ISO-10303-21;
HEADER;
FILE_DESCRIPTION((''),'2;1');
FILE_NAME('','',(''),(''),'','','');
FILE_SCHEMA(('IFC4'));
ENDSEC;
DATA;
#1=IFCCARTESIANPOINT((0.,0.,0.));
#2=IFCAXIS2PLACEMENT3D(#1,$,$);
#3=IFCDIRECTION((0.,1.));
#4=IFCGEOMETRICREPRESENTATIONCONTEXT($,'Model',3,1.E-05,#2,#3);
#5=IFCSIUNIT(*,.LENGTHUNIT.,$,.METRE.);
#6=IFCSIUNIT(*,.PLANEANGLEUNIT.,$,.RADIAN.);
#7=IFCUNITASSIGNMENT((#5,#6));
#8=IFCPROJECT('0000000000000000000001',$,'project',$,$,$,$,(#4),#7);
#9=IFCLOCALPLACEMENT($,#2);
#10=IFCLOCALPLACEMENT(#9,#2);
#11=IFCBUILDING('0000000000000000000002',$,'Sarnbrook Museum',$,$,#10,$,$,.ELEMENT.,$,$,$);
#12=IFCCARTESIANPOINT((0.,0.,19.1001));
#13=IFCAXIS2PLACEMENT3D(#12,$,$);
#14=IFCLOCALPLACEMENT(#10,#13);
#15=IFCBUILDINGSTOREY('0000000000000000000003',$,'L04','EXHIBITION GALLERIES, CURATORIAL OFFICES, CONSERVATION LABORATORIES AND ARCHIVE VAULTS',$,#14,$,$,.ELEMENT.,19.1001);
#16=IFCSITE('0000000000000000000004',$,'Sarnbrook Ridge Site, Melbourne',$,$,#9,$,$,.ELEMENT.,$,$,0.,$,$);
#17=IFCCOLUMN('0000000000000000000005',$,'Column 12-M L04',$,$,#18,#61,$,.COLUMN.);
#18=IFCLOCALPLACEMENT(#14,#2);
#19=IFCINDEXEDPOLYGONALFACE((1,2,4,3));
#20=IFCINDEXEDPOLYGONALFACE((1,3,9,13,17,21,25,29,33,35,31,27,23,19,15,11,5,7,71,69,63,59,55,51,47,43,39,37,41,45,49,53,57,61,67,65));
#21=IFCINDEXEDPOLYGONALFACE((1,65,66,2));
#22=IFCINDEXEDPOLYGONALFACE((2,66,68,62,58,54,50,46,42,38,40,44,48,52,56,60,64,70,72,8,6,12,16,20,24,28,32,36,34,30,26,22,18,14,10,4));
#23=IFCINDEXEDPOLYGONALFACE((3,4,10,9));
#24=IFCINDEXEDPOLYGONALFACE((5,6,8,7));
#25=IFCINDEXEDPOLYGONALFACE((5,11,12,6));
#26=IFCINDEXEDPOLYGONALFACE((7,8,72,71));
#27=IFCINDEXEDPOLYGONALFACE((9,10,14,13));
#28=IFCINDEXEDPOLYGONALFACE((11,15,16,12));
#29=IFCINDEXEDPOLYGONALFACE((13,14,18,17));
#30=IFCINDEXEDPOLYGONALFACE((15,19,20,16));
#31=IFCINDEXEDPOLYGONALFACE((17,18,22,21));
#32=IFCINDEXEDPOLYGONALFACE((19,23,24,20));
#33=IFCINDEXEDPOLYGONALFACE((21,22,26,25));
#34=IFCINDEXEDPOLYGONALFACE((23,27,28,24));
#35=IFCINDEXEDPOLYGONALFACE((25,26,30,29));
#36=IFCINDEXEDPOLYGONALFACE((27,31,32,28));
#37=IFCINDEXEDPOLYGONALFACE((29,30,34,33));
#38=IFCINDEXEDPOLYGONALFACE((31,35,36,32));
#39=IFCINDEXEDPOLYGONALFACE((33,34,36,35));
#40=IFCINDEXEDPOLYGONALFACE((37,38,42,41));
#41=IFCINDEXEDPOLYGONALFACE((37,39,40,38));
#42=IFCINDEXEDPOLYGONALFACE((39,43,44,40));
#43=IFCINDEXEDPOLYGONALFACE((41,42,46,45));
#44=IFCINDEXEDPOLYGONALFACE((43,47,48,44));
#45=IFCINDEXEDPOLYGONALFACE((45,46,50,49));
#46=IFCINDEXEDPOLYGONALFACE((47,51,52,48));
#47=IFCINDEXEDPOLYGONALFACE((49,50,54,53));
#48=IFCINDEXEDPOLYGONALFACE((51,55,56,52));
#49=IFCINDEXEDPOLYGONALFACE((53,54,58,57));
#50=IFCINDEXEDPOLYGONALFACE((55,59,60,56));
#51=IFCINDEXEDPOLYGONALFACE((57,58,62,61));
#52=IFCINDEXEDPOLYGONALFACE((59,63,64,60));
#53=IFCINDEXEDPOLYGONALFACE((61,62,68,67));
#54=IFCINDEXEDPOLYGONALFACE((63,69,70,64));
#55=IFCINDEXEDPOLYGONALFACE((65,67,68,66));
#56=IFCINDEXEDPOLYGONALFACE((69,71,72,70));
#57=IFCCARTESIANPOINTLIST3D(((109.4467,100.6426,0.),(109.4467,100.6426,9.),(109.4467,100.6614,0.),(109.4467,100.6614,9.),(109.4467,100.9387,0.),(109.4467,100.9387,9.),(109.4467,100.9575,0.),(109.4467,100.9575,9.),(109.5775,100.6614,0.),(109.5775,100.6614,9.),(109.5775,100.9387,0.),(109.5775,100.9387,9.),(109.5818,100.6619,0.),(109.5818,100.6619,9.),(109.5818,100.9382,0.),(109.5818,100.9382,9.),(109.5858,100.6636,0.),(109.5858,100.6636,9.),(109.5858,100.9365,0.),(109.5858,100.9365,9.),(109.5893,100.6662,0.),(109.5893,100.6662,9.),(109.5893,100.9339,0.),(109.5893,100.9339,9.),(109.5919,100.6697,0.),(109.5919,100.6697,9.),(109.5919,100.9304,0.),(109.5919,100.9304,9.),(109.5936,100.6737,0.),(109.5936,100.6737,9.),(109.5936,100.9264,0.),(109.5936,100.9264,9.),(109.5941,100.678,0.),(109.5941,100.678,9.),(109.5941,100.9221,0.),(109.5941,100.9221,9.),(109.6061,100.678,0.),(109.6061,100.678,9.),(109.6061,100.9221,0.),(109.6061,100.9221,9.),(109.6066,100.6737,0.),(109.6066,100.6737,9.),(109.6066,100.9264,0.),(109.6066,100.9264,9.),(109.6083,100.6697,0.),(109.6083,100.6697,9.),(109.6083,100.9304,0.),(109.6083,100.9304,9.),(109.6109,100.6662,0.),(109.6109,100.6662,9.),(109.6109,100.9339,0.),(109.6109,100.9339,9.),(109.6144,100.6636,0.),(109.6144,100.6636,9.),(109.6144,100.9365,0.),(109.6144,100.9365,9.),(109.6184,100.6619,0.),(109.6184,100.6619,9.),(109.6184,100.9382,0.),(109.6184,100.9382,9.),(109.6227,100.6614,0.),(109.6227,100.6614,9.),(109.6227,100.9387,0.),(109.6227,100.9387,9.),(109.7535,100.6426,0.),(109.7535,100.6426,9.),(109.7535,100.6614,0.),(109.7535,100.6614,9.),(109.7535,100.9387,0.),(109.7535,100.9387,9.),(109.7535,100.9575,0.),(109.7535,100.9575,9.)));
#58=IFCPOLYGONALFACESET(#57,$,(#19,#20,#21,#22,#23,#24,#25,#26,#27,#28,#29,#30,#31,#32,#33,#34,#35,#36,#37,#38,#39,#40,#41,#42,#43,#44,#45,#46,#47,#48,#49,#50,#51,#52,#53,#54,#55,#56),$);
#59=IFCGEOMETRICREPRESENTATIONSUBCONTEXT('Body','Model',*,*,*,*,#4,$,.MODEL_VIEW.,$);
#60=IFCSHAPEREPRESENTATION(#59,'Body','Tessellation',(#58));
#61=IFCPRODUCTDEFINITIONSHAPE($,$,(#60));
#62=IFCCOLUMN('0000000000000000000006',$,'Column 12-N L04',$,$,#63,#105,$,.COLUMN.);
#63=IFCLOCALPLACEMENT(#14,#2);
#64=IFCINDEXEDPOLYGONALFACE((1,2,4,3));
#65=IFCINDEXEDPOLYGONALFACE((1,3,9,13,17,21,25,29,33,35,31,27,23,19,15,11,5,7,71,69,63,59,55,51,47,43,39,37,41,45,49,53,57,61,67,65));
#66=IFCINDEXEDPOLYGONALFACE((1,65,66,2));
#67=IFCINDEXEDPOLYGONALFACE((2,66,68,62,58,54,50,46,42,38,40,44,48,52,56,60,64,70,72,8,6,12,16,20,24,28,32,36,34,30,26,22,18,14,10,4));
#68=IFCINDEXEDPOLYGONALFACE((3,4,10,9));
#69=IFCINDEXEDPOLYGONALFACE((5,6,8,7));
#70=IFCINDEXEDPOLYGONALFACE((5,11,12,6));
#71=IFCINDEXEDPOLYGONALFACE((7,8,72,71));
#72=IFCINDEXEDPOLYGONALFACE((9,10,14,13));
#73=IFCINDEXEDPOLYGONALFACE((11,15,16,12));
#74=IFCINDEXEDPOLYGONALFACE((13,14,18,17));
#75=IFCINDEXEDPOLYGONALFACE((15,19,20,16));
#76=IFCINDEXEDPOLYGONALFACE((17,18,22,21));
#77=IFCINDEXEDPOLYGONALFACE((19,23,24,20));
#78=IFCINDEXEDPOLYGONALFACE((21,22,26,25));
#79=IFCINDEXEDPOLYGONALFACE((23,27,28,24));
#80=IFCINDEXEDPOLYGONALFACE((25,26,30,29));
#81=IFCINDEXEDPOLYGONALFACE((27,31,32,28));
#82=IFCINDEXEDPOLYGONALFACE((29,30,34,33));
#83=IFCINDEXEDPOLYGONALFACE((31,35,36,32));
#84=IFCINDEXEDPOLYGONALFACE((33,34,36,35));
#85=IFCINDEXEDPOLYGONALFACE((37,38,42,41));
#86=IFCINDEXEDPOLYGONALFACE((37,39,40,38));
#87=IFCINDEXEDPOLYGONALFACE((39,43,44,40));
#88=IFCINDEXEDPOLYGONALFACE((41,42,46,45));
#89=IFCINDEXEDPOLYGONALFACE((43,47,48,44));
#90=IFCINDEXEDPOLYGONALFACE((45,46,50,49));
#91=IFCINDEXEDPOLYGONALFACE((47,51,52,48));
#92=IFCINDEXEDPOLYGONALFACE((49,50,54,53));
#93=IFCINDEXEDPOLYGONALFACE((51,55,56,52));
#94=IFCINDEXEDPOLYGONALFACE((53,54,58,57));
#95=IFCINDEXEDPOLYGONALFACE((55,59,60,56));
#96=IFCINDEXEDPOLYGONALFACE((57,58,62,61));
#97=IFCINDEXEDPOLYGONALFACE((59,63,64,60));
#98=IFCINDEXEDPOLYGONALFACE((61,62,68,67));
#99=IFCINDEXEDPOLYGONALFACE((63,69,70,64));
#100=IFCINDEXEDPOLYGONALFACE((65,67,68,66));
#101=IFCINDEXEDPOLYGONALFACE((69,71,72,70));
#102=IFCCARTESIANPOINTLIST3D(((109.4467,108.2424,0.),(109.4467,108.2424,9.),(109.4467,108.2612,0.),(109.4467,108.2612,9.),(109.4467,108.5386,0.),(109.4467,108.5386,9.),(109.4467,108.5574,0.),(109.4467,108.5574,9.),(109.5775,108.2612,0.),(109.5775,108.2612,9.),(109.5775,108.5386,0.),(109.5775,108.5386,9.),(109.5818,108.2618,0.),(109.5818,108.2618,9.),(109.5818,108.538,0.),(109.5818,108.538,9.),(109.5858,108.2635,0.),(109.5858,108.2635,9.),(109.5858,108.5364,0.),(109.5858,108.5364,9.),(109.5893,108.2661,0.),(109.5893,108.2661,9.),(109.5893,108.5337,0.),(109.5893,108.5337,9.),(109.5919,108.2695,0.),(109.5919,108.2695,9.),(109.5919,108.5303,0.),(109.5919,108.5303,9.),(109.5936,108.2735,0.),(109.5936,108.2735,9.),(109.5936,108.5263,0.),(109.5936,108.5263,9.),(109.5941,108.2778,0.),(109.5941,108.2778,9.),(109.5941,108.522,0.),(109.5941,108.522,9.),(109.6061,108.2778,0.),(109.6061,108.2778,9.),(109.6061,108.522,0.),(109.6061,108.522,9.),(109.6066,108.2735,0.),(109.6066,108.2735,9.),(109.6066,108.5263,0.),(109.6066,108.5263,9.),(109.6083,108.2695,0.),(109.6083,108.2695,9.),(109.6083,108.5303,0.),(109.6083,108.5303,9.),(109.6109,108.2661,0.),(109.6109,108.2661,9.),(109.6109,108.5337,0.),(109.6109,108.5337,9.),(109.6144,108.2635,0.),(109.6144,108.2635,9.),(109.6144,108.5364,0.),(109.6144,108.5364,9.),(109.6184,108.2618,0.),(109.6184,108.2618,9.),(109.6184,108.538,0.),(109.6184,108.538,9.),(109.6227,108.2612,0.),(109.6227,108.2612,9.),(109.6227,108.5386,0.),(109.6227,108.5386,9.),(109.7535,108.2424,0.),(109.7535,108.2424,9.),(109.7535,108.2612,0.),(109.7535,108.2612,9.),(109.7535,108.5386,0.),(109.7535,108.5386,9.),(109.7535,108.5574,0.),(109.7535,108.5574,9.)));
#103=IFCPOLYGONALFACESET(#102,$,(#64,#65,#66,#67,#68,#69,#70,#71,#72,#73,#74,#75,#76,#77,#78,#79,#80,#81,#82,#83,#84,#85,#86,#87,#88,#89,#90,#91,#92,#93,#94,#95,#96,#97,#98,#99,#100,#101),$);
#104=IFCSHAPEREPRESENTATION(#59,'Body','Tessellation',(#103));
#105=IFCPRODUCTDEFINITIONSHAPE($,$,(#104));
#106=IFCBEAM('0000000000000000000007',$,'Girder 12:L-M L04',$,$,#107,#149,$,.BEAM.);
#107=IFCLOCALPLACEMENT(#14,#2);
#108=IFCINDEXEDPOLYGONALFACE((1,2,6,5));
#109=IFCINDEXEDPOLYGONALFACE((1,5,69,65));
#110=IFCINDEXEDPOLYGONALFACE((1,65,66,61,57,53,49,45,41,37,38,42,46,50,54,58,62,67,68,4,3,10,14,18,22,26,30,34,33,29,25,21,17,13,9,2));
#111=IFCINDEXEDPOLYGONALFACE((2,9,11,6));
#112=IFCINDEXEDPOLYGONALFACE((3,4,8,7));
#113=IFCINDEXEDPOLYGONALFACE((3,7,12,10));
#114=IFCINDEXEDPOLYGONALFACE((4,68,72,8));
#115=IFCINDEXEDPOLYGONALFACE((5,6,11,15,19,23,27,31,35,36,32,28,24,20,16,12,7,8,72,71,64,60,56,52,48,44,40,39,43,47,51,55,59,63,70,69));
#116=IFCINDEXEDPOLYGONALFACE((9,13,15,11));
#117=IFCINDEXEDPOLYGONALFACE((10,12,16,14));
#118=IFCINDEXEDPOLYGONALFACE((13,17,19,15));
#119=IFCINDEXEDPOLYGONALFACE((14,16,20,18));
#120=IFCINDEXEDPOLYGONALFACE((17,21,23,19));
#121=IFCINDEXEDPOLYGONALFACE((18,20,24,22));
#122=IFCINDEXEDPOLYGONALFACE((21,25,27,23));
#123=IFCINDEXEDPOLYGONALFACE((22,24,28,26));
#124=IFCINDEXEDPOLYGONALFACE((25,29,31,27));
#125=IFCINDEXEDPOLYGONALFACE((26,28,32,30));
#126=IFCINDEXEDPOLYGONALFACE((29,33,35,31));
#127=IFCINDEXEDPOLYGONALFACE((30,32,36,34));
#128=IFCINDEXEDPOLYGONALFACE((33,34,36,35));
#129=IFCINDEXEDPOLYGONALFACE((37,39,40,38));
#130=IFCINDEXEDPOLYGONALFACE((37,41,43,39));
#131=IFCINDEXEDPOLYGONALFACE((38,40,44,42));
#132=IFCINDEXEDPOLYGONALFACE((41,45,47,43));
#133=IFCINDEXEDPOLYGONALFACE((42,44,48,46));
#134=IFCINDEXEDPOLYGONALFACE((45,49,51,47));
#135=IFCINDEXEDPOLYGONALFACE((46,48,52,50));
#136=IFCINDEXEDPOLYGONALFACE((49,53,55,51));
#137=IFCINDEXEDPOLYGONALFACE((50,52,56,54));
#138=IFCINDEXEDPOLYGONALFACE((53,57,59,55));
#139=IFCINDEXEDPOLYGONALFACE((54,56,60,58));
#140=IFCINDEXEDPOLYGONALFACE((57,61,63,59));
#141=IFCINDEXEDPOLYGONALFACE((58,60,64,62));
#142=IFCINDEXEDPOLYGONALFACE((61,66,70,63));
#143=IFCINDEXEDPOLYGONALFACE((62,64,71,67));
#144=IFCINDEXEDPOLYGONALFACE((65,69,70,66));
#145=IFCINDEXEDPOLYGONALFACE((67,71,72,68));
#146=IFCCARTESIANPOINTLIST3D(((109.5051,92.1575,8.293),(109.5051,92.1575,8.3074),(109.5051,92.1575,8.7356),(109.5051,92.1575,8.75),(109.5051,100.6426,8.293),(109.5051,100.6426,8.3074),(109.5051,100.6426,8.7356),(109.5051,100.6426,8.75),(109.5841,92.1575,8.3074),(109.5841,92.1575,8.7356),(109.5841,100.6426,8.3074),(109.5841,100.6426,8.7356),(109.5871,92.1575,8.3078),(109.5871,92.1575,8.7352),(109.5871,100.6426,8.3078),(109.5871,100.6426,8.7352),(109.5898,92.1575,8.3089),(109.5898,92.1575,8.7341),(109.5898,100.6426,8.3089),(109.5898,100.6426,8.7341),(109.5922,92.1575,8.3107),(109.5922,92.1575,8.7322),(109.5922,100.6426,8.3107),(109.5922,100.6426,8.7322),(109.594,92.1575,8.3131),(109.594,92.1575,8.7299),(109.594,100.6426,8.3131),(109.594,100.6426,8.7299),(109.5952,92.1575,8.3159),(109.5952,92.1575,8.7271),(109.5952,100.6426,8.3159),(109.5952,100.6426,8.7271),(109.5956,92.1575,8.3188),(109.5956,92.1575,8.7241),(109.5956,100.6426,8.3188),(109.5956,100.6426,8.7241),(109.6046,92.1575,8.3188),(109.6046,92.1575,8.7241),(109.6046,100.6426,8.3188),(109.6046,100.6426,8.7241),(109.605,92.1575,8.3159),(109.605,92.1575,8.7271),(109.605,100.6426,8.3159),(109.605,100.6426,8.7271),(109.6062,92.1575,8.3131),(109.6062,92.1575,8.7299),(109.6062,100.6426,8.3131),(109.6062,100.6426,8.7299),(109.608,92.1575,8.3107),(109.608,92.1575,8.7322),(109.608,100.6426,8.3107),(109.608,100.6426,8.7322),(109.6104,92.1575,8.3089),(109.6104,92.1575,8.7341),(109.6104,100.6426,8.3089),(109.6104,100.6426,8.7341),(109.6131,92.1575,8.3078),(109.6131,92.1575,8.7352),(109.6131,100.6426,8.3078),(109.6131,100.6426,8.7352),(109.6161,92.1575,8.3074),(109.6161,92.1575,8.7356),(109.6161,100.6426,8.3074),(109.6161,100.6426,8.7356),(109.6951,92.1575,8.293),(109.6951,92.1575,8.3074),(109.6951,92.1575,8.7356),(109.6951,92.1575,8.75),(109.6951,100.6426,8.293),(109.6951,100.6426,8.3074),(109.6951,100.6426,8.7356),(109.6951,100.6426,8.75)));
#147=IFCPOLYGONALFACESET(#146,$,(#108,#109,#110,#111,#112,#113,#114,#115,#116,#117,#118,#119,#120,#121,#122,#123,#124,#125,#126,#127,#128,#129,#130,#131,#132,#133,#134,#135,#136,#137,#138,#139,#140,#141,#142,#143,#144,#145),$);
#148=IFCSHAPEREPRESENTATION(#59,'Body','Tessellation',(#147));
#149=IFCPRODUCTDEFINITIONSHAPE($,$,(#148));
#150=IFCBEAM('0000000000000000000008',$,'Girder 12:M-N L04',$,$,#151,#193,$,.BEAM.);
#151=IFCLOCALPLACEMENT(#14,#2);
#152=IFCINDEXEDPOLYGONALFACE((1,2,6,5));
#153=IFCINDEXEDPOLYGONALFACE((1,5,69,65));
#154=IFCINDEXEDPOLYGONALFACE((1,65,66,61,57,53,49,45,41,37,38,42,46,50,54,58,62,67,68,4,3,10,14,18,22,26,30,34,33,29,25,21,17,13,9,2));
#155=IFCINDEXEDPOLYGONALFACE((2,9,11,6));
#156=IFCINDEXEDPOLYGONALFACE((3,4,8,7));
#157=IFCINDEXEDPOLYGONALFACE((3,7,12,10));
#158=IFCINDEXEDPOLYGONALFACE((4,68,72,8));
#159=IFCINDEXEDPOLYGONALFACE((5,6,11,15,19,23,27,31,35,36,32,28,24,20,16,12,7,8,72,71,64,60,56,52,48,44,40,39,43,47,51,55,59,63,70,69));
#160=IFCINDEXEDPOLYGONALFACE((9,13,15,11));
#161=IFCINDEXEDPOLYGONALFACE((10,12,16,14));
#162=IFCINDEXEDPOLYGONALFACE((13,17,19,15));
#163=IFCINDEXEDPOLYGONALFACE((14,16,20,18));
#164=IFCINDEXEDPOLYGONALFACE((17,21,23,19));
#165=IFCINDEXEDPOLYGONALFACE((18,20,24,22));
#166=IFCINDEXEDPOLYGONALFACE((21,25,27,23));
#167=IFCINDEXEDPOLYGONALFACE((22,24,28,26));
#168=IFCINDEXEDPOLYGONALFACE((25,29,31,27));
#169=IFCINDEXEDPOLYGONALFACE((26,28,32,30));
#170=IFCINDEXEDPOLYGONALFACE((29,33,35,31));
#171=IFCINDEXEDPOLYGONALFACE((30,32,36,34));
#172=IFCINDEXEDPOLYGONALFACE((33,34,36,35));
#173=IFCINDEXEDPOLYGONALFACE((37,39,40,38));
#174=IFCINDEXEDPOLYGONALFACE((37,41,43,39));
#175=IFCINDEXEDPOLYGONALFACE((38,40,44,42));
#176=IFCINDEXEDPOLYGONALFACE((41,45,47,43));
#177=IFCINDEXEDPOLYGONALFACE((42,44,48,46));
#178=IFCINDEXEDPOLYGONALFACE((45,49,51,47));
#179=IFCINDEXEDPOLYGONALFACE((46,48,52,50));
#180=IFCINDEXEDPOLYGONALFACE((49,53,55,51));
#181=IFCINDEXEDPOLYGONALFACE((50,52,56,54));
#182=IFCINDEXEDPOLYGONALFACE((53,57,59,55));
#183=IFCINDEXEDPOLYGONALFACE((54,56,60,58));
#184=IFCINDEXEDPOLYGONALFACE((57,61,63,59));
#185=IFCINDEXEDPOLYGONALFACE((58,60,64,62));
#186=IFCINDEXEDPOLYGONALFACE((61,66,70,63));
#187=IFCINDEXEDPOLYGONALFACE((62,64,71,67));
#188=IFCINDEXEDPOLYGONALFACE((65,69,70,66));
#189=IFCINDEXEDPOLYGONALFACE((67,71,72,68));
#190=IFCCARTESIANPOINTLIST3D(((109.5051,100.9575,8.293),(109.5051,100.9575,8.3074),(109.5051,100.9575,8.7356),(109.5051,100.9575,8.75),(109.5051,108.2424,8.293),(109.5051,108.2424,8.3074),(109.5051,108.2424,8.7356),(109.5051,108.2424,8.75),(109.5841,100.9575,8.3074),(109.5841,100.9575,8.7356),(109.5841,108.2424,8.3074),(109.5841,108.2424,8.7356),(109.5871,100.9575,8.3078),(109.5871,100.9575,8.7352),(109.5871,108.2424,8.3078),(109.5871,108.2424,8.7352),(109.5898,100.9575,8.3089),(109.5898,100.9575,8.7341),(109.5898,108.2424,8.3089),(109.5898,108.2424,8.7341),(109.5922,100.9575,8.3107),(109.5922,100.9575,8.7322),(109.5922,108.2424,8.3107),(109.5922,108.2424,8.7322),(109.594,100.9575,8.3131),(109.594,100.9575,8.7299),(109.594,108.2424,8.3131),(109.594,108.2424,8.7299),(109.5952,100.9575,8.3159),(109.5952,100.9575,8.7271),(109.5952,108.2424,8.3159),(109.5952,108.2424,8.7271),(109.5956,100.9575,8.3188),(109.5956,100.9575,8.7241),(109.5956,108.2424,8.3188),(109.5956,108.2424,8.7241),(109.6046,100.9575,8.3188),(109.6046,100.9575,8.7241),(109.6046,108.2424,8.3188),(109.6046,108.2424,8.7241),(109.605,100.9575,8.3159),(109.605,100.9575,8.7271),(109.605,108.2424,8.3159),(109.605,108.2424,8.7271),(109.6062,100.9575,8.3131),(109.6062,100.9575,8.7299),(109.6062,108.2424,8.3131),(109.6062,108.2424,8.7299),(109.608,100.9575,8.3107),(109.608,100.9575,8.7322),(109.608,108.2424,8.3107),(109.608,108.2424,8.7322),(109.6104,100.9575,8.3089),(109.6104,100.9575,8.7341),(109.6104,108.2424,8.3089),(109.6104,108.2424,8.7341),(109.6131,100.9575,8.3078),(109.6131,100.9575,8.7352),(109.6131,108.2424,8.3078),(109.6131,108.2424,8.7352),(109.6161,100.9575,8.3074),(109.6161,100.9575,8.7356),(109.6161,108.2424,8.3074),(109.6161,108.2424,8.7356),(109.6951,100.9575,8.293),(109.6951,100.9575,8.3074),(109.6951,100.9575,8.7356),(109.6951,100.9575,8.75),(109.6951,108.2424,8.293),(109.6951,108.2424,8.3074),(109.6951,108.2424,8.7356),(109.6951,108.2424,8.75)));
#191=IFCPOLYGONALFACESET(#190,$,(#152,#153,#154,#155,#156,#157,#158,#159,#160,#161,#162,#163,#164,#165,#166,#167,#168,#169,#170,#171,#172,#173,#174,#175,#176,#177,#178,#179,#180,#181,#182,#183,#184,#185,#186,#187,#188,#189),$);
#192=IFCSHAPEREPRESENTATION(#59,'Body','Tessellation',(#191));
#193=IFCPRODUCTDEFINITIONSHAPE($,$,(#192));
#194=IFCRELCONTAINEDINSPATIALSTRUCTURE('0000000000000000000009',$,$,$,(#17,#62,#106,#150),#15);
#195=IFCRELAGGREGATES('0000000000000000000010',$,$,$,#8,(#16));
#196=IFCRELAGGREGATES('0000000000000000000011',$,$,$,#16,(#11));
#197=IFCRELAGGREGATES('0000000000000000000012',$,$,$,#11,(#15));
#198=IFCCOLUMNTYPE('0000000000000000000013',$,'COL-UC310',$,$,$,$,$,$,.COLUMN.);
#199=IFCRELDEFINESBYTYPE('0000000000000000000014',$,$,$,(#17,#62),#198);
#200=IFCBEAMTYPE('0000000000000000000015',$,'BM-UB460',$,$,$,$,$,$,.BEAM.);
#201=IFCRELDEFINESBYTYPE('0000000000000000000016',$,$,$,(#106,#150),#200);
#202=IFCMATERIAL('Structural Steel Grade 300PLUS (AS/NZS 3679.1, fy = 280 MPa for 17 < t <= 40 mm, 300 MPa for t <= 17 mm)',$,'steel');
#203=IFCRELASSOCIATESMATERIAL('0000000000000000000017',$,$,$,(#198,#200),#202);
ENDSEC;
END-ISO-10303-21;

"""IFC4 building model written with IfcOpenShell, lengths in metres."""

from ifc_helpers import new_model, si_unit, direction, frame, origin, origin_2d, place, context, subcontext, project, spatial, i_section, extrude, material, material_profile, profile_set, type_object, element, save


model = new_model("IFC4")

# Units and contexts
model_context = context("Model", 3, precision=1e-05, world=origin(), true_north=direction((0.0, 1.0)))
body_context = subcontext(model_context, "Body", "Model", "MODEL_VIEW")
ifc_project = project(units=[si_unit("LENGTHUNIT", "METRE"), si_unit("PLANEANGLEUNIT", "RADIAN")], contexts=[model_context])

# Site, building, storey
site_placement = place(None, origin())
site = spatial("IfcSite", under=ifc_project, at=site_placement, Name="Sarnbrook Ridge Site, Melbourne", CompositionType="ELEMENT", RefElevation=0.0)
building_placement = place(site_placement, origin())
building = spatial("IfcBuilding", under=site, at=building_placement, Name="Sarnbrook Museum", CompositionType="ELEMENT")
storey_placement = place(building_placement, frame((0.0, 0.0, 19.1001)))
storey = spatial("IfcBuildingStorey", under=building, at=storey_placement, Name="L04", Description="EXHIBITION GALLERIES, CURATORIAL OFFICES, CONSERVATION LABORATORIES AND ARCHIVE VAULTS", CompositionType="ELEMENT", Elevation=19.1001)

# Columns
ifc_material_1 = material(Name="Structural Steel Grade 300PLUS (AS/NZS 3679.1, fy = 280 MPa for 17 < t <= 40 mm, 300 MPa for t <= 17 mm)", Category="steel")
ifc_material_profile_1 = material_profile(ifc_material_1, i_section(OverallWidth=0.3069, OverallDepth=0.3149, WebThickness=0.012, FlangeThickness=0.0188, FilletRadius=0.0166, at=origin_2d()), Name="310UC118")
ifc_profile_set_1 = profile_set([ifc_material_profile_1], Name="Structural Steel Grade 300PLUS (AS/NZS 3679.1, fy = 280 MPa for 17 < t <= 40 mm, 300 MPa for t <= 17 mm)")
column_type = type_object("IfcColumnType", Name="COL-UC310", PredefinedType="COLUMN", material=ifc_profile_set_1)
for number, where, z_axis, x_axis, name in (
    (1, (109.6001, 100.8, 0.0), (0.0, 0.0, 1.0), (1.0, 0.0, 0.0), "Column 12-M L04"),
    (2, (109.6001, 108.3999, 0.0), (0.0, 0.0, 1.0), (1.0, 0.0, 0.0), "Column 12-N L04"),
):
    element("IfcColumn", number, at=place(storey_placement, frame(where, z_axis=z_axis, x_axis=x_axis)), inside=storey, type_object=column_type, Name=name, PredefinedType="COLUMN", context=body_context, shape_type="SweptSolid", body=[
        extrude(i_section(OverallWidth=0.3069, OverallDepth=0.3149, WebThickness=0.012, FlangeThickness=0.0188, FilletRadius=0.0166, at=origin_2d()), origin(), (0.0, 0.0, 1.0), 9.0),
    ])

# Beams
ifc_material_profile_2 = material_profile(ifc_material_1, i_section(OverallWidth=0.1899, OverallDepth=0.457, WebThickness=0.009, FlangeThickness=0.0144, FilletRadius=0.0115, at=origin_2d()), Name="460UB74.6")
ifc_profile_set_2 = profile_set([ifc_material_profile_2], Name="Structural Steel Grade 300PLUS (AS/NZS 3679.1, fy = 280 MPa for 17 < t <= 40 mm, 300 MPa for t <= 17 mm)")
beam_type_1 = type_object("IfcBeamType", Name="BM-UB460", PredefinedType="BEAM", material=ifc_profile_set_2)
beam_1_placement = place(storey_placement, frame((109.6001, 92.1575, 8.5215), z_axis=(0.0, 1.0, 0.0), x_axis=(-1.0, 0.0, 0.0)))
element("IfcBeam", 3, at=beam_1_placement, inside=storey, type_object=beam_type_1, Name="Girder 12:L-M L04", PredefinedType="BEAM", context=body_context, shape_type="SweptSolid", body=[
    extrude(i_section(OverallWidth=0.1899, OverallDepth=0.457, WebThickness=0.009, FlangeThickness=0.0144, FilletRadius=0.0115, at=origin_2d()), origin(), (0.0, 0.0, 1.0), 8.4851),
])
beam_2_placement = place(storey_placement, frame((109.6001, 100.9575, 8.5215), z_axis=(0.0, 1.0, 0.0), x_axis=(-1.0, 0.0, 0.0)))
element("IfcBeam", 4, at=beam_2_placement, inside=storey, type_object=beam_type_1, Name="Girder 12:M-N L04", PredefinedType="BEAM", context=body_context, shape_type="SweptSolid", body=[
    extrude(i_section(OverallWidth=0.1899, OverallDepth=0.457, WebThickness=0.009, FlangeThickness=0.0144, FilletRadius=0.0115, at=origin_2d()), origin(), (0.0, 0.0, 1.0), 7.2849),
])

save(model, "model.ifc")
